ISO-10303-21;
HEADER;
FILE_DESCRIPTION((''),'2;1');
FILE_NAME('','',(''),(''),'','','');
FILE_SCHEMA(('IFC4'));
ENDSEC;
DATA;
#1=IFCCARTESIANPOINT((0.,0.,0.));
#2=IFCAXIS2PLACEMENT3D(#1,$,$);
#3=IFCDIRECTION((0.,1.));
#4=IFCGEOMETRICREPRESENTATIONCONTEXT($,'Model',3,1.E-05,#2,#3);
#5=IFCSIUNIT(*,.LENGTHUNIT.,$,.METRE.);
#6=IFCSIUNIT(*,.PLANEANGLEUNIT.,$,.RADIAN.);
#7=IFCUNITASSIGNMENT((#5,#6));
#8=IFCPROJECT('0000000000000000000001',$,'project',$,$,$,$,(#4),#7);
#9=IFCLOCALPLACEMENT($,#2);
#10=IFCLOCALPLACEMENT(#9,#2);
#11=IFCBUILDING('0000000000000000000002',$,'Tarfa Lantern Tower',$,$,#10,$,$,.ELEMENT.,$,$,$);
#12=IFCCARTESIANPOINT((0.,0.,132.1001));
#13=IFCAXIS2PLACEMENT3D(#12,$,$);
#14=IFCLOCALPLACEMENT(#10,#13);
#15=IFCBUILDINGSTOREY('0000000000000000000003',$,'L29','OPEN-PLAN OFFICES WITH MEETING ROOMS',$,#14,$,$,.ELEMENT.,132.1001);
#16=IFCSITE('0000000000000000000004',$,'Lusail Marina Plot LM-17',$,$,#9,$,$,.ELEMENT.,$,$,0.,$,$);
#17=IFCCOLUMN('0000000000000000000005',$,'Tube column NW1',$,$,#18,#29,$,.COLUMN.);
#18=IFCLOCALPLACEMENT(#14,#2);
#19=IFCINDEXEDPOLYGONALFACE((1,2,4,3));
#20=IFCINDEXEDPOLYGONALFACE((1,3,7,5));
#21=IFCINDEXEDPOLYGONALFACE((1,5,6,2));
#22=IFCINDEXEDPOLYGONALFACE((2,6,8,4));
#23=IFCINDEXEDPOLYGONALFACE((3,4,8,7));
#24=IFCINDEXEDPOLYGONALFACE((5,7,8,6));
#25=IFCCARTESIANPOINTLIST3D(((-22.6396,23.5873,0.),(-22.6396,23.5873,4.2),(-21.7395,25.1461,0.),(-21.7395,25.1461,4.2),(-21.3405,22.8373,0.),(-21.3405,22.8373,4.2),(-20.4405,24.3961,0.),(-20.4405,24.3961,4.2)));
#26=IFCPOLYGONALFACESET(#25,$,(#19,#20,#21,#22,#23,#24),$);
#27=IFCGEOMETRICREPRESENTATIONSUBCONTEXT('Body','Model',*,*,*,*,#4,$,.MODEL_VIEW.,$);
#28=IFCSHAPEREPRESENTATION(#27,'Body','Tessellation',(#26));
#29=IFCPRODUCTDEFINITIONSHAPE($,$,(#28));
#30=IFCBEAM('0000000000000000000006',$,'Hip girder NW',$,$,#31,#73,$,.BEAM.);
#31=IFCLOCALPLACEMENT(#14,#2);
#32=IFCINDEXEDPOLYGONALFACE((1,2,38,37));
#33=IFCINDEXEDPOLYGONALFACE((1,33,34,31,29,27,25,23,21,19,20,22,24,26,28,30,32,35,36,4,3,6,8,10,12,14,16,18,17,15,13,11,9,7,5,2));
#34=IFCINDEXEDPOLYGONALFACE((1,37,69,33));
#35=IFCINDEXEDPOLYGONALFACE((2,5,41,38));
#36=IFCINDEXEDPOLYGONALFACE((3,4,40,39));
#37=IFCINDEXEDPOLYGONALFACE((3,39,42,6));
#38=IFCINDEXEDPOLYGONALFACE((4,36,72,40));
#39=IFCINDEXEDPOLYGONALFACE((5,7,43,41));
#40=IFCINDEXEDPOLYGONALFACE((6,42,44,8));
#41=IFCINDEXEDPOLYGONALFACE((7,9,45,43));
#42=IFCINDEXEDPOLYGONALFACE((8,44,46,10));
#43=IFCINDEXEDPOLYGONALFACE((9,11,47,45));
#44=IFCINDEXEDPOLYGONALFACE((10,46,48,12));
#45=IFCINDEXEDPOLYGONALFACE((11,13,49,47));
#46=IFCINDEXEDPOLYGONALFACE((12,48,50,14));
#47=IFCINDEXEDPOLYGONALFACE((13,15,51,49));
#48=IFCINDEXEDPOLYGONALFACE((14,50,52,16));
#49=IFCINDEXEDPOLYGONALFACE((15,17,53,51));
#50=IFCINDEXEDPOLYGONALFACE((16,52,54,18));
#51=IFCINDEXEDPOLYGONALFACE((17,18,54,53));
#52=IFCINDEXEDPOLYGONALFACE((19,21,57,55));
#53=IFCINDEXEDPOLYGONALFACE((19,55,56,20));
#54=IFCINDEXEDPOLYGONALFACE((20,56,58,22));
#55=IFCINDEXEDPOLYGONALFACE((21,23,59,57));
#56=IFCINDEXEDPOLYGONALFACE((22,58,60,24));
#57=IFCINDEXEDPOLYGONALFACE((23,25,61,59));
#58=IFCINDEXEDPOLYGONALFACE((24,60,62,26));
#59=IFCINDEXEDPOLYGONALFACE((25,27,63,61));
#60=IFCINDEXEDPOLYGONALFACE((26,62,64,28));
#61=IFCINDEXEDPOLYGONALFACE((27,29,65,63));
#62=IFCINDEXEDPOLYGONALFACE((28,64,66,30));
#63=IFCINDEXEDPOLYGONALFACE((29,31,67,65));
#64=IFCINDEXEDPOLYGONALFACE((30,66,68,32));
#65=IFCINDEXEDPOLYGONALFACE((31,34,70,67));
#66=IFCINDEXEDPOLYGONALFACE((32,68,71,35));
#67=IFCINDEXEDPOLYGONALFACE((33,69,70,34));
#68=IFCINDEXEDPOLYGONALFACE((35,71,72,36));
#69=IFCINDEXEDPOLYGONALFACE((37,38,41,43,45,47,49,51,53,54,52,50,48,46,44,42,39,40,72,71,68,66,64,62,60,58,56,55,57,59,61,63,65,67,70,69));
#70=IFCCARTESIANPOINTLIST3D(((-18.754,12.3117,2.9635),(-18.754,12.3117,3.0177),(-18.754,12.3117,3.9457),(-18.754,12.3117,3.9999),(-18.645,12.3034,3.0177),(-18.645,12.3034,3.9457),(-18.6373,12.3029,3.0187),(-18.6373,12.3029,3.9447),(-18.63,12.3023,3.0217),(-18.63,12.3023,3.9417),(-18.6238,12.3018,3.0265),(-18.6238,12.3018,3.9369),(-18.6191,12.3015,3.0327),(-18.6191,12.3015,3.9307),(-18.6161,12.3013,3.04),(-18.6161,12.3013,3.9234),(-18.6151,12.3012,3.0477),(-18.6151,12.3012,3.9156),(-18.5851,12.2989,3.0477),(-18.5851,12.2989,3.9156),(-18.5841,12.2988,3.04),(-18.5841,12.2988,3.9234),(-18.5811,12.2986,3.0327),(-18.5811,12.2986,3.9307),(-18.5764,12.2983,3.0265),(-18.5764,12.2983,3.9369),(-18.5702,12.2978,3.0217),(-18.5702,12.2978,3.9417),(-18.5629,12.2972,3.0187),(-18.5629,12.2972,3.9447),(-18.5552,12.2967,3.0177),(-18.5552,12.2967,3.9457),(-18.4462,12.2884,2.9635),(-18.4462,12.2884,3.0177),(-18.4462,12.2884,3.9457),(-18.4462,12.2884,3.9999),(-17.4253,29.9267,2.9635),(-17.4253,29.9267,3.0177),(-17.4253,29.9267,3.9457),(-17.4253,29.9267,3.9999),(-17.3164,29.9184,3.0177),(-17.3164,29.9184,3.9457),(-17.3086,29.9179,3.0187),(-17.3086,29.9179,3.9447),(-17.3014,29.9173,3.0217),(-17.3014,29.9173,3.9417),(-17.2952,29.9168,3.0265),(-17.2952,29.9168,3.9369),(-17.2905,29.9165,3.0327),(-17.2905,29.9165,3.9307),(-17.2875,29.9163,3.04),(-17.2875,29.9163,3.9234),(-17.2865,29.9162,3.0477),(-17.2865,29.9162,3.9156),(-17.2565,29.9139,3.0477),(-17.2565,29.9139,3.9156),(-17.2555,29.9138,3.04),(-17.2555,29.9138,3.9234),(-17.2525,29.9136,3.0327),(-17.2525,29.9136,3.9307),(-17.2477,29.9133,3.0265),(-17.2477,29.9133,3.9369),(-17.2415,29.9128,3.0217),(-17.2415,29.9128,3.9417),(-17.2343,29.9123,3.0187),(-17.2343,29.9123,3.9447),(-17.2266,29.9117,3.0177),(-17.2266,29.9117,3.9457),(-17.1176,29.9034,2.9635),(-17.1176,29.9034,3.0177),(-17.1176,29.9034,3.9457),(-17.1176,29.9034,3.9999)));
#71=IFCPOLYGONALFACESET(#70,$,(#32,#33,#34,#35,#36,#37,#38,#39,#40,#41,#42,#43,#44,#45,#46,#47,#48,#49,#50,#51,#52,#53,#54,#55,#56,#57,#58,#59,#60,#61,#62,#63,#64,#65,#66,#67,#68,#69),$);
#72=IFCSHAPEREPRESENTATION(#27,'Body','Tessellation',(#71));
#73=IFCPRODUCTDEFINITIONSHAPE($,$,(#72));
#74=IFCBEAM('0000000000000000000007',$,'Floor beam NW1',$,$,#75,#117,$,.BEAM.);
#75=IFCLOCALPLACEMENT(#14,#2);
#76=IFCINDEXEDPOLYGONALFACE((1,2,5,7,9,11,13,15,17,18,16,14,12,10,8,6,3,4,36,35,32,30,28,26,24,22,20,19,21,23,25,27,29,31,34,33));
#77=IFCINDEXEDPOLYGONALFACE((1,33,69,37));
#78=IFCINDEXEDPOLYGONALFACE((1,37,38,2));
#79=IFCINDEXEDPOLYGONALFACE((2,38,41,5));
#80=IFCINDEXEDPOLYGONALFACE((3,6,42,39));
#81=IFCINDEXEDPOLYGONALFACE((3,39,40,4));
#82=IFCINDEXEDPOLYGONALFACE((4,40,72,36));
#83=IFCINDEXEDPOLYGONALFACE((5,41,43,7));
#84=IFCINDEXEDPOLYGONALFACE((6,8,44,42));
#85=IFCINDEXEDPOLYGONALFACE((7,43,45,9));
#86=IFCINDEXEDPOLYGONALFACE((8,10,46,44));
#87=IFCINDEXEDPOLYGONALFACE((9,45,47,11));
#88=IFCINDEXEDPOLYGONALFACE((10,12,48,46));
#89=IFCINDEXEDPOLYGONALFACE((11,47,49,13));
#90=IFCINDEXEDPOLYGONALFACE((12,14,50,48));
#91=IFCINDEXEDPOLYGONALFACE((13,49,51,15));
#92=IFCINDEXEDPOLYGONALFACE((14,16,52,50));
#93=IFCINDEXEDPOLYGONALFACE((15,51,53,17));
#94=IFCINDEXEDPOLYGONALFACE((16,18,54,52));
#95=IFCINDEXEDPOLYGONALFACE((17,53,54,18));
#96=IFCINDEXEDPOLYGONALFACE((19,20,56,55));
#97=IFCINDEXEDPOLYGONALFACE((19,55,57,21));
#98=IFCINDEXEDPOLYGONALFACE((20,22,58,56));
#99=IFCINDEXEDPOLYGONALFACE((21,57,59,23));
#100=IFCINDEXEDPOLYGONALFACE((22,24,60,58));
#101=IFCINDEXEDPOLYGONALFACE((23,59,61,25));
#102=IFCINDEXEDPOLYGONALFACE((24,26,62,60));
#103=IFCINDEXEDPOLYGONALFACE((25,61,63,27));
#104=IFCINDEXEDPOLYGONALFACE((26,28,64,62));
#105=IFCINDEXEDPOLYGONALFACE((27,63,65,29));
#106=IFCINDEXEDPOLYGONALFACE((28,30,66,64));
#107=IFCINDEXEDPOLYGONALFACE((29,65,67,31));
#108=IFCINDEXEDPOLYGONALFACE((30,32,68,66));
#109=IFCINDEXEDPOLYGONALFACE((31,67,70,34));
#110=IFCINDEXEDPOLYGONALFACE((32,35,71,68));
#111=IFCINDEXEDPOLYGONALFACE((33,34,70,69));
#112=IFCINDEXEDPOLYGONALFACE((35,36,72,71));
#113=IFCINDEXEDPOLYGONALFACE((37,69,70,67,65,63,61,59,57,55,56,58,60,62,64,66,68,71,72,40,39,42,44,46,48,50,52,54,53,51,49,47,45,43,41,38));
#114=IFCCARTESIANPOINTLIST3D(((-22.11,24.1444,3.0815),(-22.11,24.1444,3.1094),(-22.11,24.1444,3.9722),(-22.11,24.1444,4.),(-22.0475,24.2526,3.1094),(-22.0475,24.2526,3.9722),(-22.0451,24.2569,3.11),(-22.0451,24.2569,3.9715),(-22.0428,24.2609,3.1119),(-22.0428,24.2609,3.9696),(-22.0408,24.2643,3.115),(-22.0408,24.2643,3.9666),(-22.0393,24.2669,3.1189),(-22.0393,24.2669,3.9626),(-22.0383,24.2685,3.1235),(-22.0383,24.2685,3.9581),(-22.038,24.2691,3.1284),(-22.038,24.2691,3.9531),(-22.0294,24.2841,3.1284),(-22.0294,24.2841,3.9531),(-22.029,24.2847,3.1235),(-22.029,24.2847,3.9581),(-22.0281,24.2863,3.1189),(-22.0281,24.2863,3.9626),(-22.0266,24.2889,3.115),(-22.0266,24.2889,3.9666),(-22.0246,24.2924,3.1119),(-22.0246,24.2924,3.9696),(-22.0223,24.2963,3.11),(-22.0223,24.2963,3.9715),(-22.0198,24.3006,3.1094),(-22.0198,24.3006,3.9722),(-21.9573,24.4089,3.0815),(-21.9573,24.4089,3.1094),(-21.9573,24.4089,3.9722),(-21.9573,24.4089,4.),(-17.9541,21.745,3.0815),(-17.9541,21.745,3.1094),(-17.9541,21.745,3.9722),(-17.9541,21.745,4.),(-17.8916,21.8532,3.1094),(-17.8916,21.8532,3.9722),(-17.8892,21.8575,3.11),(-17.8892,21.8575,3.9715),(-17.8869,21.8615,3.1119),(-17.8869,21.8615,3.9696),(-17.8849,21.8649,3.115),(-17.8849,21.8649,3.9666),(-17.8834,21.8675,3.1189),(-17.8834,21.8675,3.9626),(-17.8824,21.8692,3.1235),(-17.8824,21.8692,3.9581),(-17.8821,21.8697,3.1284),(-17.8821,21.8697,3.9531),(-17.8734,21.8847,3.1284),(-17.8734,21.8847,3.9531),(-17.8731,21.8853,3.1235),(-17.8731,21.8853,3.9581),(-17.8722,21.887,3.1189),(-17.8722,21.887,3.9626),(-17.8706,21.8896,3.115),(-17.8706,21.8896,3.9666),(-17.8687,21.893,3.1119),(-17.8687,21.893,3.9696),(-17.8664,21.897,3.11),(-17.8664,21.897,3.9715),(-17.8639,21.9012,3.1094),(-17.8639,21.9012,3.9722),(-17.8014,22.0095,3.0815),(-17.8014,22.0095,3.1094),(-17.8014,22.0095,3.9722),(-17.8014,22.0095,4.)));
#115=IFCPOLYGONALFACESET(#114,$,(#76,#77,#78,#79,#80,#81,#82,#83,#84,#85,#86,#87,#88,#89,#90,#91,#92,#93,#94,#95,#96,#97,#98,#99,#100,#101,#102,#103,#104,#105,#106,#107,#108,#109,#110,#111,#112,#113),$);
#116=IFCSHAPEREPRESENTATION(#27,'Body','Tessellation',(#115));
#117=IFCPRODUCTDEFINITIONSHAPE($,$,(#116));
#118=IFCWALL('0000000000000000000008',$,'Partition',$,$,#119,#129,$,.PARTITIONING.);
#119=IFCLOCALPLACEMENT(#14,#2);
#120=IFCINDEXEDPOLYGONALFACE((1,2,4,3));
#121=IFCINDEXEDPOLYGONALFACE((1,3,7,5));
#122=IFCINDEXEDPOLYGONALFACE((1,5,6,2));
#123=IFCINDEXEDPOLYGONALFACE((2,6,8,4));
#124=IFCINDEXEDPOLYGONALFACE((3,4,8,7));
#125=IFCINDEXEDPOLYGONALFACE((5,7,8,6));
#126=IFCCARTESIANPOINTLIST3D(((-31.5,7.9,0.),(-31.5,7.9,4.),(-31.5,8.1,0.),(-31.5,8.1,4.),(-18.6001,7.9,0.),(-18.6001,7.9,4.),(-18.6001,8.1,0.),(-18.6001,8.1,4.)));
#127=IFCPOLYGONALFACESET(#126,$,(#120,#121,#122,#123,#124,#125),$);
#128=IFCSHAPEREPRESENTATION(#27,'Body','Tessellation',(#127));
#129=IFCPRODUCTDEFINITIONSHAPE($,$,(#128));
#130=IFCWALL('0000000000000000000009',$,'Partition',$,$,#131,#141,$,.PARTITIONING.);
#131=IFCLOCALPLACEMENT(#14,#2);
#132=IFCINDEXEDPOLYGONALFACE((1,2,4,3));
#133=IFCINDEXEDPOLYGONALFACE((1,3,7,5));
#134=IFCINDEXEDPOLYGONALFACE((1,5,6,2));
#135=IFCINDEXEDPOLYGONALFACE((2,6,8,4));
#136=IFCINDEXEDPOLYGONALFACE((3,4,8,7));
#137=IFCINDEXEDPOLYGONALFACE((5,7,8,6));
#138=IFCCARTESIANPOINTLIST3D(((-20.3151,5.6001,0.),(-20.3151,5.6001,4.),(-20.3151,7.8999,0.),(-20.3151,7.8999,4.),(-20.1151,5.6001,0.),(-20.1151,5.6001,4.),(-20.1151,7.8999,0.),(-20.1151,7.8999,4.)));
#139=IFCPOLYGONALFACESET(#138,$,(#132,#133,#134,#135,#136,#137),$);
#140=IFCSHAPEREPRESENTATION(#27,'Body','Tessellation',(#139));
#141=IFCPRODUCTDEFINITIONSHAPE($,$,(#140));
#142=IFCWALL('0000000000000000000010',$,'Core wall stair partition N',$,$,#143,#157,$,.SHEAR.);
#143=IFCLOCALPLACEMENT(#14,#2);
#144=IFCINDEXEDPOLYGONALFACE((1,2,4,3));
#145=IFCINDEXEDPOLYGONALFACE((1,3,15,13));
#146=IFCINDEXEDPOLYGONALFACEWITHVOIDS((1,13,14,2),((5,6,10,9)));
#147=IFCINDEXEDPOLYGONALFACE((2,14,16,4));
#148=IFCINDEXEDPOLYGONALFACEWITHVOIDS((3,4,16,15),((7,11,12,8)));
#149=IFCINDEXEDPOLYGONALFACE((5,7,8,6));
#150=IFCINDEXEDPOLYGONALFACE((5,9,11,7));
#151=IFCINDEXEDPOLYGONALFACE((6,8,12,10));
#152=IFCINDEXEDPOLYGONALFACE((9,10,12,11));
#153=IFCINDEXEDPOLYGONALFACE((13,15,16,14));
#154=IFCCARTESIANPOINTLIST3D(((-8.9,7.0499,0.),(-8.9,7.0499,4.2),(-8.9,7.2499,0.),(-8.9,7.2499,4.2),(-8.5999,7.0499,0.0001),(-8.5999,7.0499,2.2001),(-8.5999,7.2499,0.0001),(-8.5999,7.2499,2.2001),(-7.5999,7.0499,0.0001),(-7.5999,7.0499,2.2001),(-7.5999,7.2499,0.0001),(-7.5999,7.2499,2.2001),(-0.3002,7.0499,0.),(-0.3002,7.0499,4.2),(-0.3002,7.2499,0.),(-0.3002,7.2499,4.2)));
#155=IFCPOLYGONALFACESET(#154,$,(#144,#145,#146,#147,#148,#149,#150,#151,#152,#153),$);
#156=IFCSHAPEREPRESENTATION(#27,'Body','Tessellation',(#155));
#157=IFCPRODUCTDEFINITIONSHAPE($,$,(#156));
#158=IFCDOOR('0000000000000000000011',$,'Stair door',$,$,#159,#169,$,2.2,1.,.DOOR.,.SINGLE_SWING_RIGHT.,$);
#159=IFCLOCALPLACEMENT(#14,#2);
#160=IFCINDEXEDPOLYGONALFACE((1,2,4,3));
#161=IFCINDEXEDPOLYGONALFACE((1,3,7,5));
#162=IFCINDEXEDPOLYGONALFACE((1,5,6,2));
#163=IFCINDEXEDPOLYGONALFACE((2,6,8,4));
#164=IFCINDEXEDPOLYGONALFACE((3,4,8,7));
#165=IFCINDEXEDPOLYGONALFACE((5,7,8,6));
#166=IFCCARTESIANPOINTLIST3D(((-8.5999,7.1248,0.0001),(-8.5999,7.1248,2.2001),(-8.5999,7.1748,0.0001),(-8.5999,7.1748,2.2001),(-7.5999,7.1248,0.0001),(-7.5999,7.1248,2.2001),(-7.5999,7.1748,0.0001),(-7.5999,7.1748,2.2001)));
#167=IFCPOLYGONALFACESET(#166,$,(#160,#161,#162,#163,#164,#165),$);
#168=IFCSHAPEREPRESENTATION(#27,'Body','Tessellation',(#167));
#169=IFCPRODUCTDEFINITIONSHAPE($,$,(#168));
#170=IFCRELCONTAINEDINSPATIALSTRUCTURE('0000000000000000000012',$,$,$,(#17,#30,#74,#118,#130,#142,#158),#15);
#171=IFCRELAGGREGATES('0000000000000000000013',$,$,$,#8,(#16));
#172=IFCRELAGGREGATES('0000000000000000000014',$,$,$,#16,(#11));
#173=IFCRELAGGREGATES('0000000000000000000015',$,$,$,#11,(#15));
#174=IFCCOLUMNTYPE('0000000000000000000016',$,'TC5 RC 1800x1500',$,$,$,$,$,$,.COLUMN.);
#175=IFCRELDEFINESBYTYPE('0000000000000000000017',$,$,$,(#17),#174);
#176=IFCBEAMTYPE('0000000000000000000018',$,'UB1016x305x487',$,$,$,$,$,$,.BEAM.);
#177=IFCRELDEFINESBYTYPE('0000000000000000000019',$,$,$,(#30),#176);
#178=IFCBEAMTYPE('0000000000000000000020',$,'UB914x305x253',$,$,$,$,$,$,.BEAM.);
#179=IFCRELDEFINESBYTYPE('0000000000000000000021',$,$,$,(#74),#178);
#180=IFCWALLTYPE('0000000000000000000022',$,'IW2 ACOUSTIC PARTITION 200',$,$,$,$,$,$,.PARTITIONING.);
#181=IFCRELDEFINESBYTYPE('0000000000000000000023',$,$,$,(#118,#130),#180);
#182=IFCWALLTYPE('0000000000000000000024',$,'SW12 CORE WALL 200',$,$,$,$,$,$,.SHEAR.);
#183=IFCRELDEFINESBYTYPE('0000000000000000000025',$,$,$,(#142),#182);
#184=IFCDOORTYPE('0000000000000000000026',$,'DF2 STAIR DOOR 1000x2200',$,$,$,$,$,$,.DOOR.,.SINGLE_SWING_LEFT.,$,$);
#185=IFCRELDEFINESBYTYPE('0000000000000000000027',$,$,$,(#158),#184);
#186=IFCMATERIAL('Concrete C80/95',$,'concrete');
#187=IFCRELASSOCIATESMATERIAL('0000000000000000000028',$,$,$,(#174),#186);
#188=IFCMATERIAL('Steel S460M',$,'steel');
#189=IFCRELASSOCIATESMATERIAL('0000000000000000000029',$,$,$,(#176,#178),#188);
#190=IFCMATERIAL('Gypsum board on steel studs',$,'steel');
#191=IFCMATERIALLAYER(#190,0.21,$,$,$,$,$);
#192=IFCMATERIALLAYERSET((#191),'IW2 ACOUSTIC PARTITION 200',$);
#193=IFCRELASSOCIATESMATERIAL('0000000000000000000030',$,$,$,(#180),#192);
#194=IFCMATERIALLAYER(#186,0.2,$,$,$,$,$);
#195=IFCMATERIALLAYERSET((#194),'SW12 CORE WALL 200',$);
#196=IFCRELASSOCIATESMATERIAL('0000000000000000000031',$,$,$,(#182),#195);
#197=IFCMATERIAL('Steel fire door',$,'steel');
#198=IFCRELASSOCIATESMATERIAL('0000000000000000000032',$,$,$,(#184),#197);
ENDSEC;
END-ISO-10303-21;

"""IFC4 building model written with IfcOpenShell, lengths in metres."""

from ifc_helpers import new_model, si_unit, direction, frame, frame_2d, origin, origin_2d, place, context, subcontext, project, spatial, rectangle, i_section, extrude, material, layer, layer_set, material_profile, profile_set, type_object, element, fill, save


model = new_model("IFC4")

# Units and contexts
model_context = context("Model", 3, precision=1e-05, world=origin(), true_north=direction((0.0, 1.0)))
body_context = subcontext(model_context, "Body", "Model", "MODEL_VIEW")
ifc_project = project(units=[si_unit("LENGTHUNIT", "METRE"), si_unit("PLANEANGLEUNIT", "RADIAN")], contexts=[model_context])

# Site, building, storey
site_placement = place(None, origin())
site = spatial("IfcSite", under=ifc_project, at=site_placement, Name="Lusail Marina Plot LM-17", CompositionType="ELEMENT", RefElevation=0.0)
building_placement = place(site_placement, origin())
building = spatial("IfcBuilding", under=site, at=building_placement, Name="Tarfa Lantern Tower", CompositionType="ELEMENT")
storey_placement = place(building_placement, frame((0.0, 0.0, 132.1001)))
storey = spatial("IfcBuildingStorey", under=building, at=storey_placement, Name="L29", Description="OPEN-PLAN OFFICES WITH MEETING ROOMS", CompositionType="ELEMENT", Elevation=132.1001)

# Column
ifc_material_1 = material(Name="Concrete C80/95", Category="concrete")
ifc_material_profile_1 = material_profile(ifc_material_1, rectangle(XDim=1.8, YDim=1.5, at=origin_2d()), Name="RC 1800x1500")
ifc_profile_set_1 = profile_set([ifc_material_profile_1], Name="Concrete C80/95")
column_type = type_object("IfcColumnType", Name="TC5 RC 1800x1500", PredefinedType="COLUMN", material=ifc_profile_set_1)
column_placement = place(storey_placement, frame((-21.54, 23.9917, 0.0), z_axis=(0.0, 0.0, 1.0), x_axis=(-0.5, -0.866025, 0.0)))
element("IfcColumn", 1, at=column_placement, inside=storey, type_object=column_type, Name="Tube column NW1", PredefinedType="COLUMN", context=body_context, shape_type="SweptSolid", body=[
    extrude(rectangle(XDim=1.8, YDim=1.5, at=origin_2d()), origin(), (0.0, 0.0, 1.0), 4.2),
])

# Beams
ifc_material_2 = material(Name="Steel S460M", Category="steel")
ifc_material_profile_2 = material_profile(ifc_material_2, i_section(OverallWidth=0.3086, OverallDepth=1.0364, WebThickness=0.03, FlangeThickness=0.0542, FilletRadius=0.03, at=origin_2d()), Name="UB1016x305x487")
ifc_profile_set_2 = profile_set([ifc_material_profile_2], Name="Steel S460M")
beam_type_1 = type_object("IfcBeamType", Name="UB1016x305x487", PredefinedType="BEAM", material=ifc_profile_set_2)
beam_1_placement = place(storey_placement, frame((-18.6001, 12.3, 3.4817), z_axis=(0.075212, 0.997168, 0.0), x_axis=(-0.997168, 0.075212, 0.0)))
element("IfcBeam", 2, at=beam_1_placement, inside=storey, type_object=beam_type_1, Name="Hip girder NW", PredefinedType="BEAM", context=body_context, shape_type="SweptSolid", body=[
    extrude(i_section(OverallWidth=0.3086, OverallDepth=1.0364, WebThickness=0.03, FlangeThickness=0.0542, FilletRadius=0.03, at=origin_2d()), origin(), (0.0, 0.0, 1.0), 17.665),
])
ifc_material_profile_3 = material_profile(ifc_material_2, i_section(OverallWidth=0.3054, OverallDepth=0.9185, WebThickness=0.0173, FlangeThickness=0.0278, FilletRadius=0.019, at=origin_2d()), Name="UB914x305x253")
ifc_profile_set_3 = profile_set([ifc_material_profile_3], Name="Steel S460M")
beam_type_2 = type_object("IfcBeamType", Name="UB914x305x253", PredefinedType="BEAM", material=ifc_profile_set_3)
beam_2_placement = place(storey_placement, frame((-22.0337, 24.2766, 3.5408), z_axis=(0.866031, -0.499991, 0.0), x_axis=(0.499991, 0.866031, 0.0)))
element("IfcBeam", 3, at=beam_2_placement, inside=storey, type_object=beam_type_2, Name="Floor beam NW1", PredefinedType="BEAM", context=body_context, shape_type="SweptSolid", body=[
    extrude(i_section(OverallWidth=0.3054, OverallDepth=0.9185, WebThickness=0.0173, FlangeThickness=0.0278, FilletRadius=0.019, at=origin_2d()), origin(), (0.0, 0.0, 1.0), 4.7988),
])

# Walls
ifc_material_3 = material(Name="Gypsum board on steel studs", Category="steel")
ifc_layer_1 = layer(ifc_material_3, 0.21)
ifc_layer_set_1 = layer_set([ifc_layer_1], Name="IW2 ACOUSTIC PARTITION 200")
wall_type_1 = type_object("IfcWallType", Name="IW2 ACOUSTIC PARTITION 200", PredefinedType="PARTITIONING", material=ifc_layer_set_1)
wall_1_placement = place(storey_placement, frame((-18.6001, 8.0, 0.0), z_axis=(0.0, 0.0, 1.0), x_axis=(-1.0, 0.0, 0.0)))
element("IfcWall", 4, at=wall_1_placement, inside=storey, type_object=wall_type_1, Name="Partition", PredefinedType="PARTITIONING", context=body_context, shape_type="SweptSolid", body=[
    extrude(rectangle(XDim=12.8999, YDim=0.2, at=frame_2d((6.45, 0.0))), origin(), (0.0, 0.0, 1.0), 4.0),
])
wall_2_placement = place(storey_placement, frame((-20.2151, 7.8999, 0.0), z_axis=(0.0, 0.0, 1.0), x_axis=(0.0, -1.0, 0.0)))
element("IfcWall", 5, at=wall_2_placement, inside=storey, type_object=wall_type_1, Name="Partition", PredefinedType="PARTITIONING", context=body_context, shape_type="SweptSolid", body=[
    extrude(rectangle(XDim=2.2998, YDim=0.2, at=frame_2d((1.1499, 0.0))), origin(), (0.0, 0.0, 1.0), 4.0),
])

# Wall, opening, door
ifc_material_4 = material(Name="Steel fire door", Category="steel")
ifc_layer_2 = layer(ifc_material_1, 0.2)
ifc_layer_set_2 = layer_set([ifc_layer_2], Name="SW12 CORE WALL 200")
wall_type_2 = type_object("IfcWallType", Name="SW12 CORE WALL 200", PredefinedType="SHEAR", material=ifc_layer_set_2)
wall_3_placement = place(storey_placement, frame((-8.8999, 7.1499, 0.0), z_axis=(0.0, 0.0, 1.0), x_axis=(1.0, 0.0, 0.0)))
wall_3 = element("IfcWall", 6, at=wall_3_placement, inside=storey, type_object=wall_type_2, Name="Core wall stair partition N", PredefinedType="SHEAR", context=body_context, shape_type="SweptSolid", body=[
    extrude(rectangle(XDim=8.5999, YDim=0.2, at=frame_2d((4.2998, 0.0))), origin(), (0.0, 0.0, 1.0), 4.2),
])
opening_1_placement = place(wall_3_placement, frame((0.3, 0.0, 0.0)))
opening_1 = element("IfcOpeningElement", 7, at=opening_1_placement, cuts=wall_3, PredefinedType="OPENING", context=body_context, shape_type="SweptSolid", body=[
    extrude(rectangle(XDim=1.0, YDim=2.2, at=frame_2d((0.5, 1.1001))), frame((0.0, 0.1099, 0.0), z_axis=(0.0, -1.0, 0.0), x_axis=(1.0, 0.0, 0.0)), (0.0, 0.0, 1.0), 0.22),
])
door_type_1 = type_object("IfcDoorType", Name="DF2 STAIR DOOR 1000x2200", OperationType="SINGLE_SWING_LEFT", PredefinedType="DOOR", material=ifc_material_4)
door_1_placement = place(opening_1_placement, origin())
door_1 = element("IfcDoor", 8, at=door_1_placement, inside=storey, type_object=door_type_1, Name="Stair door", OperationType="SINGLE_SWING_RIGHT", OverallHeight=2.2, OverallWidth=1.0, PredefinedType="DOOR", context=body_context, shape_type="SweptSolid", body=[
    extrude(rectangle(XDim=1.0, YDim=2.2, at=frame_2d((0.5, 1.1001))), frame((0.0, 0.0249, 0.0), z_axis=(0.0, -1.0, 0.0), x_axis=(1.0, 0.0, 0.0)), (0.0, 0.0, 1.0), 0.05),
])
fill(opening_1, door_1)

save(model, "model.ifc")
